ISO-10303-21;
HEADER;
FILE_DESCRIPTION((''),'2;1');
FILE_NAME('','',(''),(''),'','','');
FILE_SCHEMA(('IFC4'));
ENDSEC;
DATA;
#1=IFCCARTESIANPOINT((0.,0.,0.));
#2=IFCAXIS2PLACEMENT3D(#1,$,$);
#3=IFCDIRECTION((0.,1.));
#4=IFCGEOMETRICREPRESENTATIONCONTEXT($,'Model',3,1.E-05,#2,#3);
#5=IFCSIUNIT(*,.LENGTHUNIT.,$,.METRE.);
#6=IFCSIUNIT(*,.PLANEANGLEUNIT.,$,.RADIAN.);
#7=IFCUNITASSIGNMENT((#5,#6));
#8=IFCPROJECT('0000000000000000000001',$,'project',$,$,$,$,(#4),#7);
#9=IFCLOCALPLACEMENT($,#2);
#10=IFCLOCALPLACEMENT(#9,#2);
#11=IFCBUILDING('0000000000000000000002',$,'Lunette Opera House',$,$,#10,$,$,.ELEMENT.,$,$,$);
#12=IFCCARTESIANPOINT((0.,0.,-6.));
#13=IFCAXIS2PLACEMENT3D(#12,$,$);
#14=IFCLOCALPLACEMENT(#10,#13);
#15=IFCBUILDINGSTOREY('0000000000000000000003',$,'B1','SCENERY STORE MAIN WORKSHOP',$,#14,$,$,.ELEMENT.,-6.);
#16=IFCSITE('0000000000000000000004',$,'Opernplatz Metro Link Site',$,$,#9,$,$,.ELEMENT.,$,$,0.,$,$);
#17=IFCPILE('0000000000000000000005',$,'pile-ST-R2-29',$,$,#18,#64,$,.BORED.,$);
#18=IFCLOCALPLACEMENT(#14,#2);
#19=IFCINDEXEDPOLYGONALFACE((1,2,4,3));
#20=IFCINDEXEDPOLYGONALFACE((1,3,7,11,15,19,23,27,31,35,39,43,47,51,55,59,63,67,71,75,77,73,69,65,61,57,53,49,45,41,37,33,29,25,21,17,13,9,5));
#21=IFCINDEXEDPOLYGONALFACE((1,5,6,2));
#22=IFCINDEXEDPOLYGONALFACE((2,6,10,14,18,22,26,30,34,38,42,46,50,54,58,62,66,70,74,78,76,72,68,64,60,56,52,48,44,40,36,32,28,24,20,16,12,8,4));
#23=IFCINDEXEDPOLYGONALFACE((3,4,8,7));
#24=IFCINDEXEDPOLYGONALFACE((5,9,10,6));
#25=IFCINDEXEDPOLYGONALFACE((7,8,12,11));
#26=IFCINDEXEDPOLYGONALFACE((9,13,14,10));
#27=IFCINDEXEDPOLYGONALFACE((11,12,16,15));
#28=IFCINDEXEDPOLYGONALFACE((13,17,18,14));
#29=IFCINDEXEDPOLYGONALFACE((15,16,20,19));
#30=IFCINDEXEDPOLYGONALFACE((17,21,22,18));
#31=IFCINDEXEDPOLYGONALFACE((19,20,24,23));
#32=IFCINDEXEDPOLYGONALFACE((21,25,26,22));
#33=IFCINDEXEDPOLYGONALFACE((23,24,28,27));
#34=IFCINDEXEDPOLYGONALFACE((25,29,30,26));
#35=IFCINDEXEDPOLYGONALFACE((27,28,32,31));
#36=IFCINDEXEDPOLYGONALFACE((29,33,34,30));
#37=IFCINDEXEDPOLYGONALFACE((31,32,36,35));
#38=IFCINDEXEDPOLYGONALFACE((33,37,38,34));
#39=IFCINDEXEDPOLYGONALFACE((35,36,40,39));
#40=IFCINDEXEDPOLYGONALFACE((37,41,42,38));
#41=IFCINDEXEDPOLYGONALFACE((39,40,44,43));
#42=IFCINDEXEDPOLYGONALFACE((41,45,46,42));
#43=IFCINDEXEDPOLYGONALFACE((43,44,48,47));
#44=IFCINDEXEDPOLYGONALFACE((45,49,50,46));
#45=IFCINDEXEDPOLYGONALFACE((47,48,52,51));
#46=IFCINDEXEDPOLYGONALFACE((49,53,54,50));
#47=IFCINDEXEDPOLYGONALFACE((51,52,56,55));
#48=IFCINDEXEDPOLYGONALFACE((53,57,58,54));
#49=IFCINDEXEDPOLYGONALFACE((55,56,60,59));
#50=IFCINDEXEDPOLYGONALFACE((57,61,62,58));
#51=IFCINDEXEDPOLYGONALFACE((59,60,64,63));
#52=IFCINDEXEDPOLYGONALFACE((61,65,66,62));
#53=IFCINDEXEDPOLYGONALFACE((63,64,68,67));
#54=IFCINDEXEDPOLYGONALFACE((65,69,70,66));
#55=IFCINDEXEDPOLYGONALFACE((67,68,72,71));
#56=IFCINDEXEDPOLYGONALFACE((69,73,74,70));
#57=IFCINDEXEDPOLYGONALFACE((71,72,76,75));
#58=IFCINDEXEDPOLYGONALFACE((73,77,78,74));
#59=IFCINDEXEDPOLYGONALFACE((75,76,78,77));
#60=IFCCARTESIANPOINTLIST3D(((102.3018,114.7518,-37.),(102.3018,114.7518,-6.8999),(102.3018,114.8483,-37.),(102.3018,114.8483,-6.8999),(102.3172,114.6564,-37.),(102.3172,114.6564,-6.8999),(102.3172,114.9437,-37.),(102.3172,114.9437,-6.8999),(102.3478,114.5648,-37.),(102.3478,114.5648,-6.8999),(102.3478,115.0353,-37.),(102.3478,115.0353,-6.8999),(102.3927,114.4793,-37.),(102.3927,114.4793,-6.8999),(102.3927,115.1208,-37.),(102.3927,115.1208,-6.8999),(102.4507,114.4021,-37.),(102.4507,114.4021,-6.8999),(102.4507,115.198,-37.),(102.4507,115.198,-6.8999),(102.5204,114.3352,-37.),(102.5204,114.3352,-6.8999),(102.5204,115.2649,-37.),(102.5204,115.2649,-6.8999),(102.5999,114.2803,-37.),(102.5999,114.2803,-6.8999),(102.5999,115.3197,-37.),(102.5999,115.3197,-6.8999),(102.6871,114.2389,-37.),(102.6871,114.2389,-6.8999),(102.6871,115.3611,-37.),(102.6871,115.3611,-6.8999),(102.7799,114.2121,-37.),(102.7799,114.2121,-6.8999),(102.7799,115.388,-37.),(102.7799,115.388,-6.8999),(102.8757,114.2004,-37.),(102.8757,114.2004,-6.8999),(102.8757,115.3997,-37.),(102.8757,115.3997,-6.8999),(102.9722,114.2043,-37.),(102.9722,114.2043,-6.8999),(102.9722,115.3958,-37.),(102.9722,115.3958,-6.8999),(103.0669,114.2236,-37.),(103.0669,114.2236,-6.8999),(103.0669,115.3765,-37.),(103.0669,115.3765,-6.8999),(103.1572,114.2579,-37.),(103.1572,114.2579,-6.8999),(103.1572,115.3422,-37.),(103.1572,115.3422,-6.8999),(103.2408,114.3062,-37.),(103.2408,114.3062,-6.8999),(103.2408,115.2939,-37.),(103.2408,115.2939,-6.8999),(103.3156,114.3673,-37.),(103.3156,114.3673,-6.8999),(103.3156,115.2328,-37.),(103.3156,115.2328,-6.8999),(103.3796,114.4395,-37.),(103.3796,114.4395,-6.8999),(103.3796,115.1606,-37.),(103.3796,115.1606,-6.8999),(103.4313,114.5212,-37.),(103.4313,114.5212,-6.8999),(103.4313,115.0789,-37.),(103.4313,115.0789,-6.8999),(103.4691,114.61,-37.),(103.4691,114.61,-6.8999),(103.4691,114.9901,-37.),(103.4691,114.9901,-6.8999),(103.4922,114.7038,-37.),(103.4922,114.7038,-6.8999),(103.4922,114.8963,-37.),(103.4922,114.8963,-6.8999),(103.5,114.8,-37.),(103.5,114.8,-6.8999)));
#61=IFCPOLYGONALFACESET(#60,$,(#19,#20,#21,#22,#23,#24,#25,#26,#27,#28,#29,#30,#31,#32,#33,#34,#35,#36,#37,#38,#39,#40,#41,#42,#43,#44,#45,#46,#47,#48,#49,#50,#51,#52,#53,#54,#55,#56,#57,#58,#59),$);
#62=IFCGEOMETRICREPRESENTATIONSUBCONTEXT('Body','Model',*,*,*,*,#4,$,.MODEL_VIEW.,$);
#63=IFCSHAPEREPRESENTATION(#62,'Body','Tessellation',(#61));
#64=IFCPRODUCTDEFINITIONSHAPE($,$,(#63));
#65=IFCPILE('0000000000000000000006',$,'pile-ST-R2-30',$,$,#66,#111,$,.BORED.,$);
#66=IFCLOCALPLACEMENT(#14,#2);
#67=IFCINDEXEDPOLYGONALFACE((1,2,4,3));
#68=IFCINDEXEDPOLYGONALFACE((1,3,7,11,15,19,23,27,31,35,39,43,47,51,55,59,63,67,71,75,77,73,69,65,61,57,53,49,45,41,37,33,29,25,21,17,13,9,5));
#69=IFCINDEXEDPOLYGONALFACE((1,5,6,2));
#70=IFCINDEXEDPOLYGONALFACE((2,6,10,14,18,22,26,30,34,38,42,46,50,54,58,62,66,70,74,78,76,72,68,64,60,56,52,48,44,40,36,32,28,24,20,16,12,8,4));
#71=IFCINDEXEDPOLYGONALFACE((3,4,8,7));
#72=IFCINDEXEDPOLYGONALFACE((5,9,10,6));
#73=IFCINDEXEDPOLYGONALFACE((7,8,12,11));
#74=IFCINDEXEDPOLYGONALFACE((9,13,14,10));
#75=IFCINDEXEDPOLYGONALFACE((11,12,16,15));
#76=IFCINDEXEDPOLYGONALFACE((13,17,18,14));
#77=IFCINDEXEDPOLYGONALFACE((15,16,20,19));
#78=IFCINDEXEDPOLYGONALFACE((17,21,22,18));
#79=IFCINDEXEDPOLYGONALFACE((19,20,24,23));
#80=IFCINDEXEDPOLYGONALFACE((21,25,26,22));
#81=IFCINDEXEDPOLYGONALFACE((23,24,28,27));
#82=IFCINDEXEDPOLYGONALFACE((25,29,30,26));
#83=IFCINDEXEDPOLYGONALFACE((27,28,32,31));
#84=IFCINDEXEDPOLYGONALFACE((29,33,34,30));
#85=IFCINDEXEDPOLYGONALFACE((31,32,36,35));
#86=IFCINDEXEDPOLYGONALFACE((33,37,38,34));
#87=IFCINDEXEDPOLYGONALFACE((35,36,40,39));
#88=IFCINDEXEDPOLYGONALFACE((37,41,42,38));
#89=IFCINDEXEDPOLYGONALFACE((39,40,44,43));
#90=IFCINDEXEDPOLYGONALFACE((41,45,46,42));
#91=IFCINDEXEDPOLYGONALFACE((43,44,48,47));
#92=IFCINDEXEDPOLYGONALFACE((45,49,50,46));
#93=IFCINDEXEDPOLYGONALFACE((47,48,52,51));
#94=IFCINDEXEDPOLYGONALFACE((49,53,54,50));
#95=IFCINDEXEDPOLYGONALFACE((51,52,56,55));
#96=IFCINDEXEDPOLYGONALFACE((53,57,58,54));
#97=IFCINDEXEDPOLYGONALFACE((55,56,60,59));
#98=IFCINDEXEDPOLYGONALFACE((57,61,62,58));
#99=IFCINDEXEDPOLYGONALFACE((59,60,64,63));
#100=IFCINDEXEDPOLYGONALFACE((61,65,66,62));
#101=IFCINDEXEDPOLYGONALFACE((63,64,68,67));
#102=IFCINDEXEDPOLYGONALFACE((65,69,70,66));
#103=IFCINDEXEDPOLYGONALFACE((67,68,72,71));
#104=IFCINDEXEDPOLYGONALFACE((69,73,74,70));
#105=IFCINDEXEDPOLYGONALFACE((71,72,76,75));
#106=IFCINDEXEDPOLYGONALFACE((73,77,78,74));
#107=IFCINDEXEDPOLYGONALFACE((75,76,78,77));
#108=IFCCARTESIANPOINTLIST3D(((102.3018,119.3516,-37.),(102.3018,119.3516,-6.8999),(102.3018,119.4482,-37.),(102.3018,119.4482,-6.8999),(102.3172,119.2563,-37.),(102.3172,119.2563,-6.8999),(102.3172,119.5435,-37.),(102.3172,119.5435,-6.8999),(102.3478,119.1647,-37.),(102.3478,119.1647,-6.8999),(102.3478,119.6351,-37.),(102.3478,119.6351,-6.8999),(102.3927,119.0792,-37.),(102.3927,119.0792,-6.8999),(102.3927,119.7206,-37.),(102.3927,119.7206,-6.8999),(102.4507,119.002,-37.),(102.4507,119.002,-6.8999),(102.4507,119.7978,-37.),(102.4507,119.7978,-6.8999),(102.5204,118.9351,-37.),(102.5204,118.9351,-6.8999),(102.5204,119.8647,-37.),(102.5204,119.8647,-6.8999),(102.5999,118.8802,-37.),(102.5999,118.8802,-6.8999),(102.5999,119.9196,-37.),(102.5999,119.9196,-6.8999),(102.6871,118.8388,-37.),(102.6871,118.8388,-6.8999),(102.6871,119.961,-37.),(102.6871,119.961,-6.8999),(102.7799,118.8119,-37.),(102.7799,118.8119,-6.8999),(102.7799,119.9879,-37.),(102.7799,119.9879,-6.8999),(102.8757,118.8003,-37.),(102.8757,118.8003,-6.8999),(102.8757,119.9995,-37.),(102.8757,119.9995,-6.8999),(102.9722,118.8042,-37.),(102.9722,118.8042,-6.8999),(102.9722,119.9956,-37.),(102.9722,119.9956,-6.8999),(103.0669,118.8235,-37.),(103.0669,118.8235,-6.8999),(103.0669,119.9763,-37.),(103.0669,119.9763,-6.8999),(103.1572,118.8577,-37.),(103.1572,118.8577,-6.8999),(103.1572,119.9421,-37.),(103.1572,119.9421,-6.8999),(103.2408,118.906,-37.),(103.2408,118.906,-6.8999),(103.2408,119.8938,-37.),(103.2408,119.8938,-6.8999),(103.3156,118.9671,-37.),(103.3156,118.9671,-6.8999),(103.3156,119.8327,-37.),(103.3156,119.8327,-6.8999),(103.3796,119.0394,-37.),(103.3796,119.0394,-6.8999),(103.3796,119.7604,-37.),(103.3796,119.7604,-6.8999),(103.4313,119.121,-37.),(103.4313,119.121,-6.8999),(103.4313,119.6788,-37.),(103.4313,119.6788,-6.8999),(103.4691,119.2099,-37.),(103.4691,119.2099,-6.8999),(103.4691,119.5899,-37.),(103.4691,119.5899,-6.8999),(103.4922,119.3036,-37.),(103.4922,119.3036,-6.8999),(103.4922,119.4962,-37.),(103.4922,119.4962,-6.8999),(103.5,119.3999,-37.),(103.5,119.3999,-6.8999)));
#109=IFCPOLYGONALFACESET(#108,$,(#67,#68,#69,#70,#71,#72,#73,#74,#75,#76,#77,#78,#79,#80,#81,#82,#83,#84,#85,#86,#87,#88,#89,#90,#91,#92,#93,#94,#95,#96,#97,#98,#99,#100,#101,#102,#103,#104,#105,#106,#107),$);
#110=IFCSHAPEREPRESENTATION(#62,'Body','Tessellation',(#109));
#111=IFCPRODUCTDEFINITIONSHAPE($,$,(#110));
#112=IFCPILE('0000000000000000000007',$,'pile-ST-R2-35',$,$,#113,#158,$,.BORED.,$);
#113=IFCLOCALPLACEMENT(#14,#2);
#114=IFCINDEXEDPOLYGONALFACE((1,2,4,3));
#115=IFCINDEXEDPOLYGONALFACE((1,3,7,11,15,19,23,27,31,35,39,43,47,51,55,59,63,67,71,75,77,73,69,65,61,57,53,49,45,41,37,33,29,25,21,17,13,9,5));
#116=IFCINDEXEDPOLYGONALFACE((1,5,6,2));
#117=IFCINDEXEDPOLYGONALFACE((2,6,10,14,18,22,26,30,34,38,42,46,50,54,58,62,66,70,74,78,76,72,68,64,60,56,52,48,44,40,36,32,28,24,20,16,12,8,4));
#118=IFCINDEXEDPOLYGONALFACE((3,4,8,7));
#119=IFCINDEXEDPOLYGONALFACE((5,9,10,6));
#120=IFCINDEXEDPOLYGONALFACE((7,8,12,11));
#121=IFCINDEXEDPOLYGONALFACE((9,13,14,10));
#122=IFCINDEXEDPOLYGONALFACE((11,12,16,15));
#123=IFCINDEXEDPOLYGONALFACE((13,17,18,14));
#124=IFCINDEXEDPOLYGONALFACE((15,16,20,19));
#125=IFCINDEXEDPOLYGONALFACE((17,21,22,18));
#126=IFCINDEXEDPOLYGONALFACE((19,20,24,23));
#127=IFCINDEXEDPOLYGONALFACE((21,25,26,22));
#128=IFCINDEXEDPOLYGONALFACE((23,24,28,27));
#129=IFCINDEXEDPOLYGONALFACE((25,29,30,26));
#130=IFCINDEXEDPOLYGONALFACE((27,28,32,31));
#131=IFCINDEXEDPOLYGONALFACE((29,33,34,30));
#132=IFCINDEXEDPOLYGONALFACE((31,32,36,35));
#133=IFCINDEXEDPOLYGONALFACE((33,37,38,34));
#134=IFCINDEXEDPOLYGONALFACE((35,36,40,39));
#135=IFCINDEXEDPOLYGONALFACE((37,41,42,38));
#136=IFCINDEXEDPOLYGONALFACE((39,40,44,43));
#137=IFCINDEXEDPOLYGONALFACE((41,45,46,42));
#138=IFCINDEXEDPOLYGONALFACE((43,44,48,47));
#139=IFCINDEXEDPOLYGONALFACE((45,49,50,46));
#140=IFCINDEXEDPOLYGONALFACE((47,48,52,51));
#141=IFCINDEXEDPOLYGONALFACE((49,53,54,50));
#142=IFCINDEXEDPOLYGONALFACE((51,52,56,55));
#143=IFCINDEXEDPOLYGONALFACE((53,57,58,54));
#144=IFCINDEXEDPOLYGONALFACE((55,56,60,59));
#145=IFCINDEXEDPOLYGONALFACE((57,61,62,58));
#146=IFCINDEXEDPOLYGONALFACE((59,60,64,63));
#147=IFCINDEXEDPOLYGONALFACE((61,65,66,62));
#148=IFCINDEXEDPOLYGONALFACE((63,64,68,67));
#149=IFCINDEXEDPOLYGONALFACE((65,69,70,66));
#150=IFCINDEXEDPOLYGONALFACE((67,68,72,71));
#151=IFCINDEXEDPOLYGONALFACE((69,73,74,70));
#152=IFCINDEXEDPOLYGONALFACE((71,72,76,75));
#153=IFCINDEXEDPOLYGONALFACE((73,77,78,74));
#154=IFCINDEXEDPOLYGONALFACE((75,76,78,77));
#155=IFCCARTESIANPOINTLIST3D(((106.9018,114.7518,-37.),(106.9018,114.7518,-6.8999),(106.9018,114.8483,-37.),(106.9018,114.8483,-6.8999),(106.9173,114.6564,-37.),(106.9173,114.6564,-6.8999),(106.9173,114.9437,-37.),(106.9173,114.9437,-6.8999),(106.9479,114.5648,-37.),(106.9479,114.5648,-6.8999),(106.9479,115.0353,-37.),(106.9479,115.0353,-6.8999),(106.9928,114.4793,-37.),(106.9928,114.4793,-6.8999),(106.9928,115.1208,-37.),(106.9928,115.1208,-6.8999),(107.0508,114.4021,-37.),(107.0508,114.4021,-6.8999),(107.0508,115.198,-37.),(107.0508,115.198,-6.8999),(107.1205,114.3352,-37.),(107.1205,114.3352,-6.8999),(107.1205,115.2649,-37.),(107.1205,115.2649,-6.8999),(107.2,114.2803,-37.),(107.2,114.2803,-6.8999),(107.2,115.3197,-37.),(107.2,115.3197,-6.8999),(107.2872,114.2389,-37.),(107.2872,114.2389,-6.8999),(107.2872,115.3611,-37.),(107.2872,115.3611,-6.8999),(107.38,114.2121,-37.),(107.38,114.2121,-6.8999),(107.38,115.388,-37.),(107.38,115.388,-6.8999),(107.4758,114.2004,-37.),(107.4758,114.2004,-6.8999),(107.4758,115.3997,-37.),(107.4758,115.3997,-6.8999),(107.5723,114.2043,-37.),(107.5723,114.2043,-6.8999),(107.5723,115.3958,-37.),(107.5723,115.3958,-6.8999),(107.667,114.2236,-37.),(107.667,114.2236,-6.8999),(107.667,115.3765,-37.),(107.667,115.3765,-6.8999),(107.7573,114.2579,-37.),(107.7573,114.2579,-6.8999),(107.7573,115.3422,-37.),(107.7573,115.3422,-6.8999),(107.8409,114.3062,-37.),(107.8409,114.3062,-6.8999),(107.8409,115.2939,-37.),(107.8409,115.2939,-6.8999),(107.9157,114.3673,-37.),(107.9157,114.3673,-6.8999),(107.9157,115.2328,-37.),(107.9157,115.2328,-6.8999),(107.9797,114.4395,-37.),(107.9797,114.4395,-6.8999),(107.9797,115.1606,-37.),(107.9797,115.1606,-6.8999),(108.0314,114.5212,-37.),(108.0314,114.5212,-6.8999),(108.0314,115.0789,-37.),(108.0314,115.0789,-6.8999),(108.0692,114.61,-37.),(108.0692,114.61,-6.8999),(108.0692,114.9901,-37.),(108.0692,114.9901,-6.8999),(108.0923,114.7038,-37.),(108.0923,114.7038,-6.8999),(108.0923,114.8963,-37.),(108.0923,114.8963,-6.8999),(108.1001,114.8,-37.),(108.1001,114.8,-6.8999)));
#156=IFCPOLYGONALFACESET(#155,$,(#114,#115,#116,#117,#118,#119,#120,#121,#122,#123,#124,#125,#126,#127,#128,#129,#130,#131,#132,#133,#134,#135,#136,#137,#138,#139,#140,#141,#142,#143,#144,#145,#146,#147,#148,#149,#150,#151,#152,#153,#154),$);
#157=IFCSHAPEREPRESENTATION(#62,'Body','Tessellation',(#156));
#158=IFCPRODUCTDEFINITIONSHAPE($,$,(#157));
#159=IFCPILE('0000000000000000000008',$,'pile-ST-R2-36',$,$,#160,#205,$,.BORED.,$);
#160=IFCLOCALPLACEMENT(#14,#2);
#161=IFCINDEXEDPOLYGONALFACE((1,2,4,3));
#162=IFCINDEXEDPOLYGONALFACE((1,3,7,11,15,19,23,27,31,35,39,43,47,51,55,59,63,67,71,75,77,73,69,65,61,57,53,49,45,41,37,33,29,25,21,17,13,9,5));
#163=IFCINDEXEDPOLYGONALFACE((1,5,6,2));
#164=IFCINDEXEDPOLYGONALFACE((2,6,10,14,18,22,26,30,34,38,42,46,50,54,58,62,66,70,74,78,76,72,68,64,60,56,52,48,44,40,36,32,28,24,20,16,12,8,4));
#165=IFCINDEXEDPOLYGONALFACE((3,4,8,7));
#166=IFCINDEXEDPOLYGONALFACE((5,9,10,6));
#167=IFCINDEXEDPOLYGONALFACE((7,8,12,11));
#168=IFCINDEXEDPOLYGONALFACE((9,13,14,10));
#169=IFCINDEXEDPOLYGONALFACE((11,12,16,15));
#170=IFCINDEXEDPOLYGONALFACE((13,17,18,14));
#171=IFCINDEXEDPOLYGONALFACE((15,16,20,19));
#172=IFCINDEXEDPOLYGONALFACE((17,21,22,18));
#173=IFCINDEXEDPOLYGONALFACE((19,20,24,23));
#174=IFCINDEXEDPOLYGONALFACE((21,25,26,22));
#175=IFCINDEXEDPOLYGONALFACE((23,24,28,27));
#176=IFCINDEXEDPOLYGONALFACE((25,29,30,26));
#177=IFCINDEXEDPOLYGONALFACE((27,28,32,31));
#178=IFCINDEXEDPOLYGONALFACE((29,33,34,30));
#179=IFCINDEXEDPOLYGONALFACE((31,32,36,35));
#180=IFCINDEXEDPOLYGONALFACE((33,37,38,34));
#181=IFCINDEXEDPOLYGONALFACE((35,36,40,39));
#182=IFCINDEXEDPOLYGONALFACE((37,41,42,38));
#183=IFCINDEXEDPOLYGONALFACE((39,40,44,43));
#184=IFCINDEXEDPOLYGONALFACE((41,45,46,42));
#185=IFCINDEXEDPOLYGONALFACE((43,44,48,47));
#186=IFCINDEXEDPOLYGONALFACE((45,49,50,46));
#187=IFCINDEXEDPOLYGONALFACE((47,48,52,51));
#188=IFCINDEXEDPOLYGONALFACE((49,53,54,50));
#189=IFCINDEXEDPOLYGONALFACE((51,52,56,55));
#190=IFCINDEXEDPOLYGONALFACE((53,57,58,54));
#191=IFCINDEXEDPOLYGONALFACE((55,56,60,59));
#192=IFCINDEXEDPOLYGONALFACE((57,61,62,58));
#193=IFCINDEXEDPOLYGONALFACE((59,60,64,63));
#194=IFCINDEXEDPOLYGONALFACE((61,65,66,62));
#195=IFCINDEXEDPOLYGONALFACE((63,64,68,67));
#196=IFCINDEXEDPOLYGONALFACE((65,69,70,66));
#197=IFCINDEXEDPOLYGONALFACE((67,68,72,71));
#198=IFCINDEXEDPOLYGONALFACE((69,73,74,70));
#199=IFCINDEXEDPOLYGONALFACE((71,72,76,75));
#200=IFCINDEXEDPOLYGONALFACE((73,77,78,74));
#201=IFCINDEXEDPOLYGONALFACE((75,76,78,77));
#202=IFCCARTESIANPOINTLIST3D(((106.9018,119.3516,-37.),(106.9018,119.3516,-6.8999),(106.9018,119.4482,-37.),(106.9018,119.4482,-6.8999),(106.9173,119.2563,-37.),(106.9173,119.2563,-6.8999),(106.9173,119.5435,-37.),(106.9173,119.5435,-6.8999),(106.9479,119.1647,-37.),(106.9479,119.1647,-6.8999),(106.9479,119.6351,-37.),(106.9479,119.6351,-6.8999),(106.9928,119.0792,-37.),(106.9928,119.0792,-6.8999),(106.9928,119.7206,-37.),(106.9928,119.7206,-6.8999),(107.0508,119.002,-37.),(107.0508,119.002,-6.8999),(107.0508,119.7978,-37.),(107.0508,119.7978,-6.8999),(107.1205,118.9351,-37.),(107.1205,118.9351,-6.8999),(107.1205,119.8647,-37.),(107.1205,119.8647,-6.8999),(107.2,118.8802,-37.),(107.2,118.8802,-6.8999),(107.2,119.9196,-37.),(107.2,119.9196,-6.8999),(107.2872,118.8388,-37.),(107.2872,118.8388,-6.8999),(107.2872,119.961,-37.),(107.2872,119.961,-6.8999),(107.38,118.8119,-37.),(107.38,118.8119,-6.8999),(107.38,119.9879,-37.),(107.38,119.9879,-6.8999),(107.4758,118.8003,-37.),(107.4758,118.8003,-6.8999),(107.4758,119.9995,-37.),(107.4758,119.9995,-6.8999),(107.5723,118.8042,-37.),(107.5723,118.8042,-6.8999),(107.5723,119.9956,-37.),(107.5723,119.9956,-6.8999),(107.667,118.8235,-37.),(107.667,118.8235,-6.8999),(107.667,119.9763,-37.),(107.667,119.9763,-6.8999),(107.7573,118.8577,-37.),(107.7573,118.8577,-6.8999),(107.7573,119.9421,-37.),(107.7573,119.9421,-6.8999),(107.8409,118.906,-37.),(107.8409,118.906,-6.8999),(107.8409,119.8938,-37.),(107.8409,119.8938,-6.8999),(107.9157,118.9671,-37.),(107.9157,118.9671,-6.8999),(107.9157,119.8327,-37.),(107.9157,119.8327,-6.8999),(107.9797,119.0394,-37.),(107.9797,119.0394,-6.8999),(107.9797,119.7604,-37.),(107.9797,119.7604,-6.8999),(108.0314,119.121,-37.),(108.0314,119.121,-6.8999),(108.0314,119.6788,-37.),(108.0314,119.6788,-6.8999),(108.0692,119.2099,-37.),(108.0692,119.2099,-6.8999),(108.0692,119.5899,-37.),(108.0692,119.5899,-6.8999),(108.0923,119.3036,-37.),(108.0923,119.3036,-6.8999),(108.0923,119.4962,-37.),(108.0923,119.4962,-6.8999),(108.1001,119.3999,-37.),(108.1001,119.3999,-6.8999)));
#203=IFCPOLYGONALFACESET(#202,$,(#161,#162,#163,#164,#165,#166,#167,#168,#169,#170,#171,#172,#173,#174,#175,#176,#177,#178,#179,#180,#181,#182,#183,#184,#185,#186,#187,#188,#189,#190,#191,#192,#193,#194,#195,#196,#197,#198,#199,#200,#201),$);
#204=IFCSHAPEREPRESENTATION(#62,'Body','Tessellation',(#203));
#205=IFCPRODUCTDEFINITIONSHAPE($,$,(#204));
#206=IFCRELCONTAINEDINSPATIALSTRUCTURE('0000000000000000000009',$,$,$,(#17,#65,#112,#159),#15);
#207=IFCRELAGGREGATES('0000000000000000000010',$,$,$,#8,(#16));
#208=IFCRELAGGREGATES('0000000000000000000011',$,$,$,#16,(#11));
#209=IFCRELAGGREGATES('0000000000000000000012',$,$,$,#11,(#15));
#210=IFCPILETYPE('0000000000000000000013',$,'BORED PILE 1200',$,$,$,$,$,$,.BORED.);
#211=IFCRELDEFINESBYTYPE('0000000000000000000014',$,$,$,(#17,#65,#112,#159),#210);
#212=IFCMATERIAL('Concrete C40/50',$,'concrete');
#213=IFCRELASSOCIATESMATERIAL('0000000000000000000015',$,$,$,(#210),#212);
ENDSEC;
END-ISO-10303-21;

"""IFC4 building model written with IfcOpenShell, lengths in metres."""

from ifc_helpers import new_model, si_unit, direction, frame, origin, origin_2d, place, context, subcontext, project, spatial, circle, extrude, material, material_profile, profile_set, type_object, element, save


model = new_model("IFC4")

# Units and contexts
model_context = context("Model", 3, precision=1e-05, world=origin(), true_north=direction((0.0, 1.0)))
body_context = subcontext(model_context, "Body", "Model", "MODEL_VIEW")
ifc_project = project(units=[si_unit("LENGTHUNIT", "METRE"), si_unit("PLANEANGLEUNIT", "RADIAN")], contexts=[model_context])

# Site, building, storey
site_placement = place(None, origin())
site = spatial("IfcSite", under=ifc_project, at=site_placement, Name="Opernplatz Metro Link Site", CompositionType="ELEMENT", RefElevation=0.0)
building_placement = place(site_placement, origin())
building = spatial("IfcBuilding", under=site, at=building_placement, Name="Lunette Opera House", CompositionType="ELEMENT")
storey_placement = place(building_placement, frame((0.0, 0.0, -6.0)))
storey = spatial("IfcBuildingStorey", under=building, at=storey_placement, Name="B1", Description="SCENERY STORE MAIN WORKSHOP", CompositionType="ELEMENT", Elevation=-6.0)

# Piles
ifc_material_1 = material(Name="Concrete C40/50", Category="concrete")
ifc_material_profile = material_profile(ifc_material_1, circle(Radius=0.6001, at=origin_2d()), Name="BORED PILE 1200")
ifc_profile_set = profile_set([ifc_material_profile], Name="Concrete C40/50")
pile_type = type_object("IfcPileType", Name="BORED PILE 1200", PredefinedType="BORED", material=ifc_profile_set)
for number, where, z_axis, x_axis, name in (
    (1, (102.8999, 114.8, -6.8999), (0.0, 0.0, -1.0), (1.0, 0.0, 0.0), "pile-ST-R2-29"),
    (2, (102.8999, 119.3999, -6.8999), (0.0, 0.0, -1.0), (1.0, 0.0, 0.0), "pile-ST-R2-30"),
    (3, (107.5, 114.8, -6.8999), (0.0, 0.0, -1.0), (1.0, 0.0, 0.0), "pile-ST-R2-35"),
    (4, (107.5, 119.3999, -6.8999), (0.0, 0.0, -1.0), (1.0, 0.0, 0.0), "pile-ST-R2-36"),
):
    element("IfcPile", number, at=place(storey_placement, frame(where, z_axis=z_axis, x_axis=x_axis)), inside=storey, type_object=pile_type, Name=name, PredefinedType="BORED", context=body_context, shape_type="SweptSolid", body=[
        extrude(circle(Radius=0.6001, at=origin_2d()), origin(), (0.0, 0.0, 1.0), 30.1001),
    ])

save(model, "model.ifc")
